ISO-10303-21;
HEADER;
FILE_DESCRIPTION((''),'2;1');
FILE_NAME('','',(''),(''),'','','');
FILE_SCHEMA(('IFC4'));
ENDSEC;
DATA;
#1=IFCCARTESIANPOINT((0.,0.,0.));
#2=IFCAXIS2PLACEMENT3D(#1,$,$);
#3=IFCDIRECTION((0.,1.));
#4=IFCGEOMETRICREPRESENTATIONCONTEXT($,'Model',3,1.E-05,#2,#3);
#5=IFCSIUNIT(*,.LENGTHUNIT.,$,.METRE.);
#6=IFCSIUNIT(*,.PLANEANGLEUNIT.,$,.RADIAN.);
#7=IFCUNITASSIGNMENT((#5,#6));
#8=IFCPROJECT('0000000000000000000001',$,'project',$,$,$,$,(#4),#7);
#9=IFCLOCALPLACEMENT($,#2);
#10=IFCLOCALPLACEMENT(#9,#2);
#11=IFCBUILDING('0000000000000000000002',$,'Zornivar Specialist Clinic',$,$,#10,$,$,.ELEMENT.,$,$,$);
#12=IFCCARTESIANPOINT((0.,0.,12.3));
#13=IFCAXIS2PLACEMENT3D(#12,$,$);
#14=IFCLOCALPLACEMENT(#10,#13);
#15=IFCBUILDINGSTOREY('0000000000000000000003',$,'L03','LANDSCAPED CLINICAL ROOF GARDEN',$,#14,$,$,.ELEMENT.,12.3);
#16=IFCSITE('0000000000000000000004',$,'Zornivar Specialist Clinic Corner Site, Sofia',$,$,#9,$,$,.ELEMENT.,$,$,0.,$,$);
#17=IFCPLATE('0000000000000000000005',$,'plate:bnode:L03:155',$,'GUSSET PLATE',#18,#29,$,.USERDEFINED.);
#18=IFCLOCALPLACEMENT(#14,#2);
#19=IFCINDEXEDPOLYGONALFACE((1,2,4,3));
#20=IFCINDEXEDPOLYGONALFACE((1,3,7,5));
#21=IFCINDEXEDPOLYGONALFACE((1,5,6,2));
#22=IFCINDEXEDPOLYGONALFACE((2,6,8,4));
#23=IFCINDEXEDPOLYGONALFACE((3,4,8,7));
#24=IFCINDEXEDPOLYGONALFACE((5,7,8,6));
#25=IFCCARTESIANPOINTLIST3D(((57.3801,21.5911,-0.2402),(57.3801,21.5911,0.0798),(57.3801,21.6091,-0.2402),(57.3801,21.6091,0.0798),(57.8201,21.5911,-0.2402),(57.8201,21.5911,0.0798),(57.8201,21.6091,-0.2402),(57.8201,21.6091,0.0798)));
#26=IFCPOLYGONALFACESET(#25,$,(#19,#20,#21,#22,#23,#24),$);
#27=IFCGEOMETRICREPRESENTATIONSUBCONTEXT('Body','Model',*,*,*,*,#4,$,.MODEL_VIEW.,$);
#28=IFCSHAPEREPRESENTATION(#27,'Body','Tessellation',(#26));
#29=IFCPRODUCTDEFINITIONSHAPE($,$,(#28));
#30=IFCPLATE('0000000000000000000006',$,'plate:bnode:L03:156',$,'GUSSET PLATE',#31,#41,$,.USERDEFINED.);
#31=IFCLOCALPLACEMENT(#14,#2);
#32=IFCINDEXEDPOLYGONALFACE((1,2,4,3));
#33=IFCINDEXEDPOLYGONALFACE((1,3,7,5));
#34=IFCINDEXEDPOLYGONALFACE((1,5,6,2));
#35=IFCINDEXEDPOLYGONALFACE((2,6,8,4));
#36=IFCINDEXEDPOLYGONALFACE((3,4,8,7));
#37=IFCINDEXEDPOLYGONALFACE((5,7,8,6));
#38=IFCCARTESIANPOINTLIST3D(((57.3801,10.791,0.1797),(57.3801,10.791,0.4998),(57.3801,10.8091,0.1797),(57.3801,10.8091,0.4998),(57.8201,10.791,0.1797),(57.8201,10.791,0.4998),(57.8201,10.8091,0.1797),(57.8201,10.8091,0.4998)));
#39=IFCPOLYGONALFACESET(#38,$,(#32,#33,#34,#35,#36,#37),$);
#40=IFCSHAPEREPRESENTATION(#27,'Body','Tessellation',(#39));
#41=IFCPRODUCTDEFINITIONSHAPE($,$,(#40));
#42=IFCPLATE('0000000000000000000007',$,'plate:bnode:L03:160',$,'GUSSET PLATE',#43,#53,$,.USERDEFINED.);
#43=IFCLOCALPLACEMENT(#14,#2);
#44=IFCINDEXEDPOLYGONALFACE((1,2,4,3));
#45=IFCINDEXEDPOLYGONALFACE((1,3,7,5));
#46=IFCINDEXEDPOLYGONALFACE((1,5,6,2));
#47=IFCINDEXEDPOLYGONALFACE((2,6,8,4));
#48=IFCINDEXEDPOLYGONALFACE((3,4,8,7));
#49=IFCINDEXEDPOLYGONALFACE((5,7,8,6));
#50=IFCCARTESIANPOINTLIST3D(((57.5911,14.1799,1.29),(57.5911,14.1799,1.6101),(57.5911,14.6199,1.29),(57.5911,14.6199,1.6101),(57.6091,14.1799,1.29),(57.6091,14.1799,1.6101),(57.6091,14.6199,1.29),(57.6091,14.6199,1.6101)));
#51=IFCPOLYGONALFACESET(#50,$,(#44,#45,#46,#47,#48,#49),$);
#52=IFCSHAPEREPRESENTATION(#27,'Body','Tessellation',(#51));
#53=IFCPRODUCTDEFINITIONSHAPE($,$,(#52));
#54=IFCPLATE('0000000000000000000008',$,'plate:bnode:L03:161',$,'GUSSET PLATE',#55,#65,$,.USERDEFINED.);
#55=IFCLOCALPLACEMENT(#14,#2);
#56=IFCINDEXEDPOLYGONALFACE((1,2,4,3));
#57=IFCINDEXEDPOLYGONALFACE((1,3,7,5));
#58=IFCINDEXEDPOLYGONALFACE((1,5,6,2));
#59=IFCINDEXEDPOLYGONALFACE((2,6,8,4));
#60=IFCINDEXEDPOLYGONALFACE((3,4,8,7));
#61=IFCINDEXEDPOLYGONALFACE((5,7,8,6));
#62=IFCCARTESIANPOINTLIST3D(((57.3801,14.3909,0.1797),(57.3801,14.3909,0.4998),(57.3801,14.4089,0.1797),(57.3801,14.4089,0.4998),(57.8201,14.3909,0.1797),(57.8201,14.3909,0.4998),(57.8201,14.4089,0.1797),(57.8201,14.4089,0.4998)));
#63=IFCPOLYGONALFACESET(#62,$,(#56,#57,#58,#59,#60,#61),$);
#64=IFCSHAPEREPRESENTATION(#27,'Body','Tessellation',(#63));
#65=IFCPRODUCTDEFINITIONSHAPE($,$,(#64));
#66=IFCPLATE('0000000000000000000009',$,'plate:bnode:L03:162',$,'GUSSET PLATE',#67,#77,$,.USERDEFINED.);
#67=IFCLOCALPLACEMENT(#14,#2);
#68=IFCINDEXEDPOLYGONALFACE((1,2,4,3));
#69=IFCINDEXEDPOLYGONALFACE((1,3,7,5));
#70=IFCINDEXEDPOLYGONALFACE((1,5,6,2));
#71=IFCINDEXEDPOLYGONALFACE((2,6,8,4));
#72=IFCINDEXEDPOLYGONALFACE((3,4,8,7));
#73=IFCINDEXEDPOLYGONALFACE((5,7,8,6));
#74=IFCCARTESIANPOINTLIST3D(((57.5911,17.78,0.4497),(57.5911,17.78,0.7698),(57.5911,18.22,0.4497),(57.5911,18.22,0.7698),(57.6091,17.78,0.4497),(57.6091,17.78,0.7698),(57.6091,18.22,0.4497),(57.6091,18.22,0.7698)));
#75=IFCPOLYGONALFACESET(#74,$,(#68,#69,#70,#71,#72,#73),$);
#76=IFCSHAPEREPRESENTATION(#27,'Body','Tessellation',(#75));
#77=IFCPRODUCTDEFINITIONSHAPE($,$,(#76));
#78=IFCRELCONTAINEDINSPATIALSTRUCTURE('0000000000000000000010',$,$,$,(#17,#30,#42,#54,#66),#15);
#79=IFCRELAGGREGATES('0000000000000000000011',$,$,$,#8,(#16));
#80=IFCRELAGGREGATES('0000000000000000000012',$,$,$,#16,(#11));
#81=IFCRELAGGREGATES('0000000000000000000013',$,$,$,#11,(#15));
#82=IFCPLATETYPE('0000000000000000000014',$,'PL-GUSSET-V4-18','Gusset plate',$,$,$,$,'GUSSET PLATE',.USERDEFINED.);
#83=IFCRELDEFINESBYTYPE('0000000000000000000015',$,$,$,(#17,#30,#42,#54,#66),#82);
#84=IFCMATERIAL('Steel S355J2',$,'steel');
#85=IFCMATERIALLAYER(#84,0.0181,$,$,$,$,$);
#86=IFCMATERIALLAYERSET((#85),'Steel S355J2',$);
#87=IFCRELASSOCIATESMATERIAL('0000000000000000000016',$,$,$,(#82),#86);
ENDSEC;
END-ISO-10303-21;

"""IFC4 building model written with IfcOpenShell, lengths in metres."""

from ifc_helpers import new_model, si_unit, direction, frame, origin, origin_2d, place, context, subcontext, project, spatial, rectangle, extrude, material, layer, layer_set, type_object, element, save


model = new_model("IFC4")

# Units and contexts
model_context = context("Model", 3, precision=1e-05, world=origin(), true_north=direction((0.0, 1.0)))
body_context = subcontext(model_context, "Body", "Model", "MODEL_VIEW")
ifc_project = project(units=[si_unit("LENGTHUNIT", "METRE"), si_unit("PLANEANGLEUNIT", "RADIAN")], contexts=[model_context])

# Site, building, storey
site_placement = place(None, origin())
site = spatial("IfcSite", under=ifc_project, at=site_placement, Name="Zornivar Specialist Clinic Corner Site, Sofia", CompositionType="ELEMENT", RefElevation=0.0)
building_placement = place(site_placement, origin())
building = spatial("IfcBuilding", under=site, at=building_placement, Name="Zornivar Specialist Clinic", CompositionType="ELEMENT")
storey_placement = place(building_placement, frame((0.0, 0.0, 12.3)))
storey = spatial("IfcBuildingStorey", under=building, at=storey_placement, Name="L03", Description="LANDSCAPED CLINICAL ROOF GARDEN", CompositionType="ELEMENT", Elevation=12.3)

# Plates
ifc_material_1 = material(Name="Steel S355J2", Category="steel")
ifc_layer_1 = layer(ifc_material_1, 0.0181)
ifc_layer_set_1 = layer_set([ifc_layer_1], Name="Steel S355J2")
plate_type_1 = type_object("IfcPlateType", Name="PL-GUSSET-V4-18", Description="Gusset plate", ElementType="GUSSET PLATE", PredefinedType="USERDEFINED", material=ifc_layer_set_1)
for number, where, z_axis, x_axis, name in (
    (1, (57.6001, 21.6001, -0.2402), (0.0, 0.0, 1.0), (1.0, 0.0, 0.0), "plate:bnode:L03:155"),
    (2, (57.6001, 10.8, 0.1797), (0.0, 0.0, 1.0), (1.0, 0.0, 0.0), "plate:bnode:L03:156"),
    (3, (57.6001, 14.3999, 1.29), (0.0, 0.0, 1.0), (0.0, 1.0, 0.0), "plate:bnode:L03:160"),
    (4, (57.6001, 14.3999, 0.1797), (0.0, 0.0, 1.0), (1.0, 0.0, 0.0), "plate:bnode:L03:161"),
    (5, (57.6001, 18.0, 0.4497), (0.0, 0.0, 1.0), (0.0, 1.0, 0.0), "plate:bnode:L03:162"),
):
    element("IfcPlate", number, at=place(storey_placement, frame(where, z_axis=z_axis, x_axis=x_axis)), inside=storey, type_object=plate_type_1, Name=name, ObjectType="GUSSET PLATE", PredefinedType="USERDEFINED", context=body_context, shape_type="SweptSolid", body=[
        extrude(rectangle(XDim=0.4399, YDim=0.0181, at=origin_2d()), origin(), (0.0, 0.0, 1.0), 0.3201),
    ])

save(model, "model.ifc")
